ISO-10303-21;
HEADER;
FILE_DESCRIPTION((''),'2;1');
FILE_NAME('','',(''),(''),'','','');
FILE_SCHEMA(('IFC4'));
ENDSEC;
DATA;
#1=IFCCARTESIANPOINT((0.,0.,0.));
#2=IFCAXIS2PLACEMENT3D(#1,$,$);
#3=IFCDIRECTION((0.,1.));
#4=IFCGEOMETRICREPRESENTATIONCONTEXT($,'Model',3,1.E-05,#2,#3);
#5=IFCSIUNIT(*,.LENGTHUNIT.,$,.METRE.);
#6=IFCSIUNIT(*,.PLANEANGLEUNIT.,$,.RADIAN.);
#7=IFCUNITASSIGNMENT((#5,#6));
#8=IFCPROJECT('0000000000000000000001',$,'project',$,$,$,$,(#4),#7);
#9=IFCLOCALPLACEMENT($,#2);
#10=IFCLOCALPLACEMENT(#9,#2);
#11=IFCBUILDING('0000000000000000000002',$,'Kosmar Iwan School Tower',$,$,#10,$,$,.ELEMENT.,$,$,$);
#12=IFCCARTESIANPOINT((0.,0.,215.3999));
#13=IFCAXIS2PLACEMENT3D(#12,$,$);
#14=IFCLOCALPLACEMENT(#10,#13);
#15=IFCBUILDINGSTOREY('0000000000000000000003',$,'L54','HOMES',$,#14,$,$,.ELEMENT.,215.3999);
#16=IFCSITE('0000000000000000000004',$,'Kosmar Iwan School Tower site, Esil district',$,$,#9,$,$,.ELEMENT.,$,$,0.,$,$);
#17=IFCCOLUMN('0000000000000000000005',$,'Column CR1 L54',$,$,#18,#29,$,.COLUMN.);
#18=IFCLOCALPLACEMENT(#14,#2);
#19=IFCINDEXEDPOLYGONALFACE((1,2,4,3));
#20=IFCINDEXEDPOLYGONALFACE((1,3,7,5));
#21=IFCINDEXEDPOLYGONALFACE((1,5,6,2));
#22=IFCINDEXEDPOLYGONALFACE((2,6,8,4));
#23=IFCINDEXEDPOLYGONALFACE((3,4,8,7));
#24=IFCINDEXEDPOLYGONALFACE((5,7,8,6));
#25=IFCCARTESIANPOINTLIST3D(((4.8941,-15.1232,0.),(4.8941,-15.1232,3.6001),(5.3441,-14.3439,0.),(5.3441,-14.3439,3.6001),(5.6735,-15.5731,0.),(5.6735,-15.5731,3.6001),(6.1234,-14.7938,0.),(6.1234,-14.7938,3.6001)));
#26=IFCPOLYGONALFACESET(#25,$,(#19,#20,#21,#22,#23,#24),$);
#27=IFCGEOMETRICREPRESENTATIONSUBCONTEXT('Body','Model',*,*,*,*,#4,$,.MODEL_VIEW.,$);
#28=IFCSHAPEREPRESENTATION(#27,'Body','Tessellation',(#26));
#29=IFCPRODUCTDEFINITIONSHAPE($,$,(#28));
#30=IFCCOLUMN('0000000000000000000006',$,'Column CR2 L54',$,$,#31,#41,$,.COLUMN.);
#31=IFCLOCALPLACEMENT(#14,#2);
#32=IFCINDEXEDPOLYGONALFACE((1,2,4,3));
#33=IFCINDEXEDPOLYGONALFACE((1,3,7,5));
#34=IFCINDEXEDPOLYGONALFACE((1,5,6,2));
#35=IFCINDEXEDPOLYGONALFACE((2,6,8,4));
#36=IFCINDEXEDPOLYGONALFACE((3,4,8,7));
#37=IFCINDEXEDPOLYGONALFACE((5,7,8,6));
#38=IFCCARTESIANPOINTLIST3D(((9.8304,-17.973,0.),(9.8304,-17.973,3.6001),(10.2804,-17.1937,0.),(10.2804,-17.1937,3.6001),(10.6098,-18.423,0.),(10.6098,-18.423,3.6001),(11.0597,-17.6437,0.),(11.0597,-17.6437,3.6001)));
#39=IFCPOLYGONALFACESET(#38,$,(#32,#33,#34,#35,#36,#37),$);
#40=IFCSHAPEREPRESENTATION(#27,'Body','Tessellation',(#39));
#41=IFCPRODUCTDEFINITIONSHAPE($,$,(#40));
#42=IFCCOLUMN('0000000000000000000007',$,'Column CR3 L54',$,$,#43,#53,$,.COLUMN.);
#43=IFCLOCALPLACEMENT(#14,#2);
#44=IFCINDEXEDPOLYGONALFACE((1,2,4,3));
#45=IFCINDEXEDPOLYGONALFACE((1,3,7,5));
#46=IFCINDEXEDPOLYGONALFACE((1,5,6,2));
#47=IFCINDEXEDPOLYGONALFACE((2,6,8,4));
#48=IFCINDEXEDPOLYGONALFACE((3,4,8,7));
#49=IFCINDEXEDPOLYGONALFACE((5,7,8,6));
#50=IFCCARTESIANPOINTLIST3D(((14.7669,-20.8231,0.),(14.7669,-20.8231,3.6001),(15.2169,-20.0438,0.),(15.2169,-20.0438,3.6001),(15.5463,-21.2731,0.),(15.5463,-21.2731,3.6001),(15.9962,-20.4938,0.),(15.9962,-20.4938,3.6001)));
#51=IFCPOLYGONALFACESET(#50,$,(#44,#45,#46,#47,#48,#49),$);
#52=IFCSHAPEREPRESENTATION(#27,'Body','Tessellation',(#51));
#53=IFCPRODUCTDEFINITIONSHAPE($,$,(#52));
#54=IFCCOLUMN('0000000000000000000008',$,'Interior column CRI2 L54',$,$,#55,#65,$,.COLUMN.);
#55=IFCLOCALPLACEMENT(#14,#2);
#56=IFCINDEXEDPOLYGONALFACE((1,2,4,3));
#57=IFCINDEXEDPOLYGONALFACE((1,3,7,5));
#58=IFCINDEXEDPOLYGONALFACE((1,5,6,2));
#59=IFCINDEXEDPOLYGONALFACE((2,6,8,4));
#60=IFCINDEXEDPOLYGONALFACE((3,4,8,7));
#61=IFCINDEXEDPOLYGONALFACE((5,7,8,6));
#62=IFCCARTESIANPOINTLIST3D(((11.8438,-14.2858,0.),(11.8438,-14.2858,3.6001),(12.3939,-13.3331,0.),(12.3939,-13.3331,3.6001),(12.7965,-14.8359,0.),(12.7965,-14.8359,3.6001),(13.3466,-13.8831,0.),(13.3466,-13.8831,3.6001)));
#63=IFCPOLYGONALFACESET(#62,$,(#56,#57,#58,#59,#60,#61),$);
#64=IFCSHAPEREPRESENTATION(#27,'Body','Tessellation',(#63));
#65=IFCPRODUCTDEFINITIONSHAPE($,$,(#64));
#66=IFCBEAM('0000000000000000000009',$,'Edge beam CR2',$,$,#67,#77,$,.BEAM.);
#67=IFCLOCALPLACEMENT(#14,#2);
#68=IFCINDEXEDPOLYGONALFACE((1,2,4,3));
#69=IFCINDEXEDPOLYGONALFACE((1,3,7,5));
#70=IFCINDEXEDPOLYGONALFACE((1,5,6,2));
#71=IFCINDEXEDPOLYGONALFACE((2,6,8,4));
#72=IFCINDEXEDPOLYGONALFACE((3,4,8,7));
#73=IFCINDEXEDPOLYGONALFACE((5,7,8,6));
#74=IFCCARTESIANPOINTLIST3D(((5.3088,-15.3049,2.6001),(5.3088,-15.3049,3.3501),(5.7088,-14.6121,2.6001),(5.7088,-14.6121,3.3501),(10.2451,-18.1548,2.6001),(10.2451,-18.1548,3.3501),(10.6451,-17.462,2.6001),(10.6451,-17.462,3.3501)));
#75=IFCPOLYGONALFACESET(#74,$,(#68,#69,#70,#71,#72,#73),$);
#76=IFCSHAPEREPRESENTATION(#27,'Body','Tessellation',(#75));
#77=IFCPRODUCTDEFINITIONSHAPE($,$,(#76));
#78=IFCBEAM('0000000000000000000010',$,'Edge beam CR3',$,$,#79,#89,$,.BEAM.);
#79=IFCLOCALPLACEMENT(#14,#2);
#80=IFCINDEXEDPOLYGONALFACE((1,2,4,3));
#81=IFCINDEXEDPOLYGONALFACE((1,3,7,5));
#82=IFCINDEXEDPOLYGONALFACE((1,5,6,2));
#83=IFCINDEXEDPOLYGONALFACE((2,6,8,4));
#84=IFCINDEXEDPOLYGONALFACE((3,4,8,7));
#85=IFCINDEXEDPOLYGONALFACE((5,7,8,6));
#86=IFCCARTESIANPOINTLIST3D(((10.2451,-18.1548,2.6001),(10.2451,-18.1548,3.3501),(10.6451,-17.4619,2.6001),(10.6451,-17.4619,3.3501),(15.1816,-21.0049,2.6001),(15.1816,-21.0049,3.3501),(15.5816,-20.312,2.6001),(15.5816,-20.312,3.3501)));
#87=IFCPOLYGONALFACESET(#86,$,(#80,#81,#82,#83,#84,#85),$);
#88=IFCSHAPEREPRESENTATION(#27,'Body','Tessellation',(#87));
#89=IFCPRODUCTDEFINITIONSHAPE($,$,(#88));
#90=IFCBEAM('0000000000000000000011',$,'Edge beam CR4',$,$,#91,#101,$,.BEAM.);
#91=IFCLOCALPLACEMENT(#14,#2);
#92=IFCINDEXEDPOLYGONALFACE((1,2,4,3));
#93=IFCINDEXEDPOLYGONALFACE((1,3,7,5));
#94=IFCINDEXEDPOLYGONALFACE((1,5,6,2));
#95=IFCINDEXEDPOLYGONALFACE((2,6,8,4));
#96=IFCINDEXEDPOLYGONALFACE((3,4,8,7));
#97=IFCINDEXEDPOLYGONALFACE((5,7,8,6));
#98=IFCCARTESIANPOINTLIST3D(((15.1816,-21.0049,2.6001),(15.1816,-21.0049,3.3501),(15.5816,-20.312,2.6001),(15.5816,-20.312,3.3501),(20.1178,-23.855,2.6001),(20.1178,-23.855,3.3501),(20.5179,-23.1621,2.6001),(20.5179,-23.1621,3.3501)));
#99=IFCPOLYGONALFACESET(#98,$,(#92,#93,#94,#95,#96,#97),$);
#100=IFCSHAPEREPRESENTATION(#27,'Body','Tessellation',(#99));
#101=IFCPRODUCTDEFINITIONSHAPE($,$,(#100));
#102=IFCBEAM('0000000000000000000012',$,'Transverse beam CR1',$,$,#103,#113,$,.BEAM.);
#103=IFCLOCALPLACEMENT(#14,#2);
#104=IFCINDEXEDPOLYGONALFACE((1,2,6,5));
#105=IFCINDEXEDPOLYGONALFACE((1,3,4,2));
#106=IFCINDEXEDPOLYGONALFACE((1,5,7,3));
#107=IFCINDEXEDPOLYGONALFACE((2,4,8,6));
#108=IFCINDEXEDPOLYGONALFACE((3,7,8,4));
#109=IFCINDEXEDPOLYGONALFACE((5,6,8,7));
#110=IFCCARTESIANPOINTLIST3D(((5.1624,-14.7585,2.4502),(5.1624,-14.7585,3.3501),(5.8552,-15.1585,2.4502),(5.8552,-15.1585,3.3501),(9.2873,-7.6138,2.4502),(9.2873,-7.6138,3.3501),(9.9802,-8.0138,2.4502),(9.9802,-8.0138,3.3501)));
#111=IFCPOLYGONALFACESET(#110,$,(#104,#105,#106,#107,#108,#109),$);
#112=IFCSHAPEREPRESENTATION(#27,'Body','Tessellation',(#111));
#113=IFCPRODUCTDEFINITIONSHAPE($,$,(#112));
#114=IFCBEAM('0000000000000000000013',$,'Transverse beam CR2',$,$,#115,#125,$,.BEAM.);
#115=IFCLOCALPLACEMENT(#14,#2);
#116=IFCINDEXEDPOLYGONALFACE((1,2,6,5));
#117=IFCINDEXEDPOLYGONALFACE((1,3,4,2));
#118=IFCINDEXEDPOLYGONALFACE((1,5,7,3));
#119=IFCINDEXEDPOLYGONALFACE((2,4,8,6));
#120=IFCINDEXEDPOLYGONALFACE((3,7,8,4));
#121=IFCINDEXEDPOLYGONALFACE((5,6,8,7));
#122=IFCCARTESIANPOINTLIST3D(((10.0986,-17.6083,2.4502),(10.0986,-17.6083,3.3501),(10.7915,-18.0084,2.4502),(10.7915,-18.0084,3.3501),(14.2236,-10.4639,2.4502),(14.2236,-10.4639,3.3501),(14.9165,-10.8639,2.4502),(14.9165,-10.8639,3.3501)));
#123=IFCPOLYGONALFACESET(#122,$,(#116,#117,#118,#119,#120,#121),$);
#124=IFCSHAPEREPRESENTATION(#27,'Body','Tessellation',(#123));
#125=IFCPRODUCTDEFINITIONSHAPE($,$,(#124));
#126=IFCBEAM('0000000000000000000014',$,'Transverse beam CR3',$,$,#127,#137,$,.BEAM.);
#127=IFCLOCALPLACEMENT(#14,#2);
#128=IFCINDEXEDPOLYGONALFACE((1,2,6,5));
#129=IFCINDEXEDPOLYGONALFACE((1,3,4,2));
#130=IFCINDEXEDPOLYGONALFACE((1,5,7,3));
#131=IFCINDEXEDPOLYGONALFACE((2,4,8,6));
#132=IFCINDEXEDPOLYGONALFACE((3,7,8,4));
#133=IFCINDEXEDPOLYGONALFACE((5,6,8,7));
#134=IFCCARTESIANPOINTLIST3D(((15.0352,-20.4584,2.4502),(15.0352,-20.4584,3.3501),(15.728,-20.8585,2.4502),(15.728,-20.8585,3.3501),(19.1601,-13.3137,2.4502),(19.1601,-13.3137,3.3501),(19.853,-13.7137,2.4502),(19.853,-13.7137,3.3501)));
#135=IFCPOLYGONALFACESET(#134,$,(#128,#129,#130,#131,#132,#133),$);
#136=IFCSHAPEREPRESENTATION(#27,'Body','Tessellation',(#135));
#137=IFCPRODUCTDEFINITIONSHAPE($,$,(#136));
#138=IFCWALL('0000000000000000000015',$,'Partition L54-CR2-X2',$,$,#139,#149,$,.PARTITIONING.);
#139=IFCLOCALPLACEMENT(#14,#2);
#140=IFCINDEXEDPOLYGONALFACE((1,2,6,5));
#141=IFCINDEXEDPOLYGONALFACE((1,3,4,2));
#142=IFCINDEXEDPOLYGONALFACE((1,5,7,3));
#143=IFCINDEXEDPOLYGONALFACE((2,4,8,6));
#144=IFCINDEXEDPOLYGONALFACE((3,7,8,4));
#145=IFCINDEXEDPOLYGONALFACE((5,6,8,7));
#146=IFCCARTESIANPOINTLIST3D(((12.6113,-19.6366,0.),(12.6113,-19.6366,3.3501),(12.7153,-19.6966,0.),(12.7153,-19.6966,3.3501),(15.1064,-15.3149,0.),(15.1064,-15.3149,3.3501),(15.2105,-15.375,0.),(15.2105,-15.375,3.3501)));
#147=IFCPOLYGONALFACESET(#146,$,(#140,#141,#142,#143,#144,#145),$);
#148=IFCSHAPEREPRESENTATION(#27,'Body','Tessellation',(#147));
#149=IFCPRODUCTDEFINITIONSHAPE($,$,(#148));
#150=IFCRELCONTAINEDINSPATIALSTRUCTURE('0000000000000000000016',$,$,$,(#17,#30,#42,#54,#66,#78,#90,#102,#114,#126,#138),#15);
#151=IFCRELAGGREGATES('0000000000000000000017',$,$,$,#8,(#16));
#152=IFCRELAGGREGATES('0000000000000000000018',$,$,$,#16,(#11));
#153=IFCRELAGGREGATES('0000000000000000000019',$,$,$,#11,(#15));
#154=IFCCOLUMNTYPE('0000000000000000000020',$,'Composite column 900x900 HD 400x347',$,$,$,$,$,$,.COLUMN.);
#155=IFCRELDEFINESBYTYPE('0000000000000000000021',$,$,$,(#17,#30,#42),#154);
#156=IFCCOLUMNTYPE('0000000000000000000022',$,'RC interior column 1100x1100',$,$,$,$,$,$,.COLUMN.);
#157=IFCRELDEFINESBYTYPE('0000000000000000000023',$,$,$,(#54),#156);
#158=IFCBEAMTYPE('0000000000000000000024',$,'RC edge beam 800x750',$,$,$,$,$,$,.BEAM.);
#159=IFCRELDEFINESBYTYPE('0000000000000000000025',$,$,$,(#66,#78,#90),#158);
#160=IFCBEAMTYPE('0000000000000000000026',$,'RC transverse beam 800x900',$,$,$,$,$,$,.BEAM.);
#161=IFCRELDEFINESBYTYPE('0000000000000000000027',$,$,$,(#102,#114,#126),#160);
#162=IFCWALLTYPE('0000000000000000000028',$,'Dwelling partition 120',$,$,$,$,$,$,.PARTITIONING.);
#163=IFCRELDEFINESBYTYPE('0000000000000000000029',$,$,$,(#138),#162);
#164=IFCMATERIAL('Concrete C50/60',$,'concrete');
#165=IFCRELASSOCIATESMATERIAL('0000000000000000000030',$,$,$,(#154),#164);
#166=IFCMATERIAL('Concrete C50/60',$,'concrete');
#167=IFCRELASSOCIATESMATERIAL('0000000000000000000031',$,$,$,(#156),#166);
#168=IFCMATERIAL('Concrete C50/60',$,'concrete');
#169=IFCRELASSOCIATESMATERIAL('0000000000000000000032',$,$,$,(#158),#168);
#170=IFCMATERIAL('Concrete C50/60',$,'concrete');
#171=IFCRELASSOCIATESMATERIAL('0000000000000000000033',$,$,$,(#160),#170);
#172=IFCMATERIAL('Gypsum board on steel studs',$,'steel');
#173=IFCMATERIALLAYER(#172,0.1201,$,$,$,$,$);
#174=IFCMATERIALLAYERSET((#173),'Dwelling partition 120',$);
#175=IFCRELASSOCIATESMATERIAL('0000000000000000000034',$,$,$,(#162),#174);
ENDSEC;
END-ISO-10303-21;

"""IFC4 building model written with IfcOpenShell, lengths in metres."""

from ifc_helpers import new_model, si_unit, direction, frame, frame_2d, origin, origin_2d, place, context, subcontext, project, spatial, rectangle, extrude, material, layer, layer_set, material_profile, profile_set, type_object, element, save


model = new_model("IFC4")

# Units and contexts
model_context = context("Model", 3, precision=1e-05, world=origin(), true_north=direction((0.0, 1.0)))
body_context = subcontext(model_context, "Body", "Model", "MODEL_VIEW")
ifc_project = project(units=[si_unit("LENGTHUNIT", "METRE"), si_unit("PLANEANGLEUNIT", "RADIAN")], contexts=[model_context])

# Site, building, storey
site_placement = place(None, origin())
site = spatial("IfcSite", under=ifc_project, at=site_placement, Name="Kosmar Iwan School Tower site, Esil district", CompositionType="ELEMENT", RefElevation=0.0)
building_placement = place(site_placement, origin())
building = spatial("IfcBuilding", under=site, at=building_placement, Name="Kosmar Iwan School Tower", CompositionType="ELEMENT")
storey_placement = place(building_placement, frame((0.0, 0.0, 215.3999)))
storey = spatial("IfcBuildingStorey", under=building, at=storey_placement, Name="L54", Description="HOMES", CompositionType="ELEMENT", Elevation=215.3999)

# Columns
ifc_material_1 = material(Name="Concrete C50/60", Category="concrete")
ifc_material_profile_1 = material_profile(ifc_material_1, rectangle(XDim=0.8999, YDim=0.8999, at=origin_2d()), Name="RC 900x900 + HD 400x347")
ifc_profile_set_1 = profile_set([ifc_material_profile_1], Name="Concrete C50/60")
column_type_1 = type_object("IfcColumnType", Name="Composite column 900x900 HD 400x347", PredefinedType="COLUMN", material=ifc_profile_set_1)
for number, where, z_axis, x_axis, name in (
    (1, (5.5088, -14.9585, 0.0), (0.0, 0.0, 1.0), (0.866025, -0.5, 0.0), "Column CR1 L54"),
    (2, (10.4451, -17.8083, 0.0), (0.0, 0.0, 1.0), (0.866025, -0.5, 0.0), "Column CR2 L54"),
    (3, (15.3816, -20.6584, 0.0), (0.0, 0.0, 1.0), (0.866025, -0.5, 0.0), "Column CR3 L54"),
):
    element("IfcColumn", number, at=place(storey_placement, frame(where, z_axis=z_axis, x_axis=x_axis)), inside=storey, type_object=column_type_1, Name=name, PredefinedType="COLUMN", context=body_context, shape_type="SweptSolid", body=[
        extrude(rectangle(XDim=0.8999, YDim=0.8999, at=origin_2d()), origin(), (0.0, 0.0, 1.0), 3.6001),
    ])
ifc_material_2 = material(Name="Concrete C50/60", Category="concrete")
ifc_material_profile_2 = material_profile(ifc_material_2, rectangle(XDim=1.1001, YDim=1.1001, at=origin_2d()), Name="RC 1100x1100")
ifc_profile_set_2 = profile_set([ifc_material_profile_2], Name="Concrete C50/60")
column_type_2 = type_object("IfcColumnType", Name="RC interior column 1100x1100", PredefinedType="COLUMN", material=ifc_profile_set_2)
column_placement = place(storey_placement, frame((12.5952, -14.0845, 0.0), z_axis=(0.0, 0.0, 1.0), x_axis=(0.866025, -0.5, 0.0)))
element("IfcColumn", 4, at=column_placement, inside=storey, type_object=column_type_2, Name="Interior column CRI2 L54", PredefinedType="COLUMN", context=body_context, shape_type="SweptSolid", body=[
    extrude(rectangle(XDim=1.1001, YDim=1.1001, at=origin_2d()), origin(), (0.0, 0.0, 1.0), 3.6001),
])

# Beams
ifc_material_3 = material(Name="Concrete C50/60", Category="concrete")
ifc_material_profile_3 = material_profile(ifc_material_3, rectangle(XDim=0.8, YDim=0.75, at=origin_2d()), Name="RC 800x750")
ifc_profile_set_3 = profile_set([ifc_material_profile_3], Name="Concrete C50/60")
beam_type_1 = type_object("IfcBeamType", Name="RC edge beam 800x750", PredefinedType="BEAM", material=ifc_profile_set_3)
beam_1_placement = place(storey_placement, frame((5.5088, -14.9585, 2.9751), z_axis=(0.866034, -0.499986, 0.0), x_axis=(0.499986, 0.866034, 0.0)))
element("IfcBeam", 5, at=beam_1_placement, inside=storey, type_object=beam_type_1, Name="Edge beam CR2", PredefinedType="BEAM", context=body_context, shape_type="SweptSolid", body=[
    extrude(rectangle(XDim=0.8, YDim=0.75, at=origin_2d()), origin(), (0.0, 0.0, 1.0), 5.7),
])
beam_2_placement = place(storey_placement, frame((10.4451, -17.8083, 2.9751), z_axis=(0.866026, -0.499999, 0.0), x_axis=(0.499999, 0.866026, 0.0)))
element("IfcBeam", 6, at=beam_2_placement, inside=storey, type_object=beam_type_1, Name="Edge beam CR3", PredefinedType="BEAM", context=body_context, shape_type="SweptSolid", body=[
    extrude(rectangle(XDim=0.8, YDim=0.75, at=origin_2d()), origin(), (0.0, 0.0, 1.0), 5.7002),
])
beam_3_placement = place(storey_placement, frame((15.3816, -20.6584, 2.9751), z_axis=(0.866015, -0.500018, 0.0), x_axis=(0.500018, 0.866015, 0.0)))
element("IfcBeam", 7, at=beam_3_placement, inside=storey, type_object=beam_type_1, Name="Edge beam CR4", PredefinedType="BEAM", context=body_context, shape_type="SweptSolid", body=[
    extrude(rectangle(XDim=0.8, YDim=0.75, at=origin_2d()), origin(), (0.0, 0.0, 1.0), 5.7),
])
ifc_material_4 = material(Name="Concrete C50/60", Category="concrete")
ifc_material_profile_4 = material_profile(ifc_material_4, rectangle(XDim=0.8, YDim=0.8999, at=origin_2d()), Name="RC 800x900")
ifc_profile_set_4 = profile_set([ifc_material_profile_4], Name="Concrete C50/60")
beam_type_2 = type_object("IfcBeamType", Name="RC transverse beam 800x900", PredefinedType="BEAM", material=ifc_profile_set_4)
beam_4_placement = place(storey_placement, frame((5.5088, -14.9585, 2.9001), z_axis=(0.499997, 0.866027, 0.0), x_axis=(-0.866027, 0.499997, 0.0)))
element("IfcBeam", 8, at=beam_4_placement, inside=storey, type_object=beam_type_2, Name="Transverse beam CR1", PredefinedType="BEAM", context=body_context, shape_type="SweptSolid", body=[
    extrude(rectangle(XDim=0.8, YDim=0.8999, at=origin_2d()), origin(), (0.0, 0.0, 1.0), 8.25),
])
beam_5_placement = place(storey_placement, frame((10.4451, -17.8083, 2.9001), z_axis=(0.500009, 0.86602, 0.0), x_axis=(-0.86602, 0.500009, 0.0)))
element("IfcBeam", 9, at=beam_5_placement, inside=storey, type_object=beam_type_2, Name="Transverse beam CR2", PredefinedType="BEAM", context=body_context, shape_type="SweptSolid", body=[
    extrude(rectangle(XDim=0.8, YDim=0.8999, at=origin_2d()), origin(), (0.0, 0.0, 1.0), 8.2498),
])
beam_6_placement = place(storey_placement, frame((15.3816, -20.6584, 2.9001), z_axis=(0.499997, 0.866027, 0.0), x_axis=(-0.866027, 0.499997, 0.0)))
element("IfcBeam", 10, at=beam_6_placement, inside=storey, type_object=beam_type_2, Name="Transverse beam CR3", PredefinedType="BEAM", context=body_context, shape_type="SweptSolid", body=[
    extrude(rectangle(XDim=0.8, YDim=0.8999, at=origin_2d()), origin(), (0.0, 0.0, 1.0), 8.25),
])

# Wall
ifc_material_5 = material(Name="Gypsum board on steel studs", Category="steel")
ifc_layer = layer(ifc_material_5, 0.1201)
ifc_layer_set = layer_set([ifc_layer], Name="Dwelling partition 120")
wall_type = type_object("IfcWallType", Name="Dwelling partition 120", PredefinedType="PARTITIONING", material=ifc_layer_set)
wall_placement = place(storey_placement, frame((15.1584, -15.345, 0.0), z_axis=(0.0, 0.0, 1.0), x_axis=(-0.500012, -0.866019, 0.0)))
element("IfcWall", 11, at=wall_placement, inside=storey, type_object=wall_type, Name="Partition L54-CR2-X2", PredefinedType="PARTITIONING", context=body_context, shape_type="SweptSolid", body=[
    extrude(rectangle(XDim=4.9902, YDim=0.1201, at=frame_2d((2.4951, 0.0))), origin(), (0.0, 0.0, 1.0), 3.3501),
])

save(model, "model.ifc")
